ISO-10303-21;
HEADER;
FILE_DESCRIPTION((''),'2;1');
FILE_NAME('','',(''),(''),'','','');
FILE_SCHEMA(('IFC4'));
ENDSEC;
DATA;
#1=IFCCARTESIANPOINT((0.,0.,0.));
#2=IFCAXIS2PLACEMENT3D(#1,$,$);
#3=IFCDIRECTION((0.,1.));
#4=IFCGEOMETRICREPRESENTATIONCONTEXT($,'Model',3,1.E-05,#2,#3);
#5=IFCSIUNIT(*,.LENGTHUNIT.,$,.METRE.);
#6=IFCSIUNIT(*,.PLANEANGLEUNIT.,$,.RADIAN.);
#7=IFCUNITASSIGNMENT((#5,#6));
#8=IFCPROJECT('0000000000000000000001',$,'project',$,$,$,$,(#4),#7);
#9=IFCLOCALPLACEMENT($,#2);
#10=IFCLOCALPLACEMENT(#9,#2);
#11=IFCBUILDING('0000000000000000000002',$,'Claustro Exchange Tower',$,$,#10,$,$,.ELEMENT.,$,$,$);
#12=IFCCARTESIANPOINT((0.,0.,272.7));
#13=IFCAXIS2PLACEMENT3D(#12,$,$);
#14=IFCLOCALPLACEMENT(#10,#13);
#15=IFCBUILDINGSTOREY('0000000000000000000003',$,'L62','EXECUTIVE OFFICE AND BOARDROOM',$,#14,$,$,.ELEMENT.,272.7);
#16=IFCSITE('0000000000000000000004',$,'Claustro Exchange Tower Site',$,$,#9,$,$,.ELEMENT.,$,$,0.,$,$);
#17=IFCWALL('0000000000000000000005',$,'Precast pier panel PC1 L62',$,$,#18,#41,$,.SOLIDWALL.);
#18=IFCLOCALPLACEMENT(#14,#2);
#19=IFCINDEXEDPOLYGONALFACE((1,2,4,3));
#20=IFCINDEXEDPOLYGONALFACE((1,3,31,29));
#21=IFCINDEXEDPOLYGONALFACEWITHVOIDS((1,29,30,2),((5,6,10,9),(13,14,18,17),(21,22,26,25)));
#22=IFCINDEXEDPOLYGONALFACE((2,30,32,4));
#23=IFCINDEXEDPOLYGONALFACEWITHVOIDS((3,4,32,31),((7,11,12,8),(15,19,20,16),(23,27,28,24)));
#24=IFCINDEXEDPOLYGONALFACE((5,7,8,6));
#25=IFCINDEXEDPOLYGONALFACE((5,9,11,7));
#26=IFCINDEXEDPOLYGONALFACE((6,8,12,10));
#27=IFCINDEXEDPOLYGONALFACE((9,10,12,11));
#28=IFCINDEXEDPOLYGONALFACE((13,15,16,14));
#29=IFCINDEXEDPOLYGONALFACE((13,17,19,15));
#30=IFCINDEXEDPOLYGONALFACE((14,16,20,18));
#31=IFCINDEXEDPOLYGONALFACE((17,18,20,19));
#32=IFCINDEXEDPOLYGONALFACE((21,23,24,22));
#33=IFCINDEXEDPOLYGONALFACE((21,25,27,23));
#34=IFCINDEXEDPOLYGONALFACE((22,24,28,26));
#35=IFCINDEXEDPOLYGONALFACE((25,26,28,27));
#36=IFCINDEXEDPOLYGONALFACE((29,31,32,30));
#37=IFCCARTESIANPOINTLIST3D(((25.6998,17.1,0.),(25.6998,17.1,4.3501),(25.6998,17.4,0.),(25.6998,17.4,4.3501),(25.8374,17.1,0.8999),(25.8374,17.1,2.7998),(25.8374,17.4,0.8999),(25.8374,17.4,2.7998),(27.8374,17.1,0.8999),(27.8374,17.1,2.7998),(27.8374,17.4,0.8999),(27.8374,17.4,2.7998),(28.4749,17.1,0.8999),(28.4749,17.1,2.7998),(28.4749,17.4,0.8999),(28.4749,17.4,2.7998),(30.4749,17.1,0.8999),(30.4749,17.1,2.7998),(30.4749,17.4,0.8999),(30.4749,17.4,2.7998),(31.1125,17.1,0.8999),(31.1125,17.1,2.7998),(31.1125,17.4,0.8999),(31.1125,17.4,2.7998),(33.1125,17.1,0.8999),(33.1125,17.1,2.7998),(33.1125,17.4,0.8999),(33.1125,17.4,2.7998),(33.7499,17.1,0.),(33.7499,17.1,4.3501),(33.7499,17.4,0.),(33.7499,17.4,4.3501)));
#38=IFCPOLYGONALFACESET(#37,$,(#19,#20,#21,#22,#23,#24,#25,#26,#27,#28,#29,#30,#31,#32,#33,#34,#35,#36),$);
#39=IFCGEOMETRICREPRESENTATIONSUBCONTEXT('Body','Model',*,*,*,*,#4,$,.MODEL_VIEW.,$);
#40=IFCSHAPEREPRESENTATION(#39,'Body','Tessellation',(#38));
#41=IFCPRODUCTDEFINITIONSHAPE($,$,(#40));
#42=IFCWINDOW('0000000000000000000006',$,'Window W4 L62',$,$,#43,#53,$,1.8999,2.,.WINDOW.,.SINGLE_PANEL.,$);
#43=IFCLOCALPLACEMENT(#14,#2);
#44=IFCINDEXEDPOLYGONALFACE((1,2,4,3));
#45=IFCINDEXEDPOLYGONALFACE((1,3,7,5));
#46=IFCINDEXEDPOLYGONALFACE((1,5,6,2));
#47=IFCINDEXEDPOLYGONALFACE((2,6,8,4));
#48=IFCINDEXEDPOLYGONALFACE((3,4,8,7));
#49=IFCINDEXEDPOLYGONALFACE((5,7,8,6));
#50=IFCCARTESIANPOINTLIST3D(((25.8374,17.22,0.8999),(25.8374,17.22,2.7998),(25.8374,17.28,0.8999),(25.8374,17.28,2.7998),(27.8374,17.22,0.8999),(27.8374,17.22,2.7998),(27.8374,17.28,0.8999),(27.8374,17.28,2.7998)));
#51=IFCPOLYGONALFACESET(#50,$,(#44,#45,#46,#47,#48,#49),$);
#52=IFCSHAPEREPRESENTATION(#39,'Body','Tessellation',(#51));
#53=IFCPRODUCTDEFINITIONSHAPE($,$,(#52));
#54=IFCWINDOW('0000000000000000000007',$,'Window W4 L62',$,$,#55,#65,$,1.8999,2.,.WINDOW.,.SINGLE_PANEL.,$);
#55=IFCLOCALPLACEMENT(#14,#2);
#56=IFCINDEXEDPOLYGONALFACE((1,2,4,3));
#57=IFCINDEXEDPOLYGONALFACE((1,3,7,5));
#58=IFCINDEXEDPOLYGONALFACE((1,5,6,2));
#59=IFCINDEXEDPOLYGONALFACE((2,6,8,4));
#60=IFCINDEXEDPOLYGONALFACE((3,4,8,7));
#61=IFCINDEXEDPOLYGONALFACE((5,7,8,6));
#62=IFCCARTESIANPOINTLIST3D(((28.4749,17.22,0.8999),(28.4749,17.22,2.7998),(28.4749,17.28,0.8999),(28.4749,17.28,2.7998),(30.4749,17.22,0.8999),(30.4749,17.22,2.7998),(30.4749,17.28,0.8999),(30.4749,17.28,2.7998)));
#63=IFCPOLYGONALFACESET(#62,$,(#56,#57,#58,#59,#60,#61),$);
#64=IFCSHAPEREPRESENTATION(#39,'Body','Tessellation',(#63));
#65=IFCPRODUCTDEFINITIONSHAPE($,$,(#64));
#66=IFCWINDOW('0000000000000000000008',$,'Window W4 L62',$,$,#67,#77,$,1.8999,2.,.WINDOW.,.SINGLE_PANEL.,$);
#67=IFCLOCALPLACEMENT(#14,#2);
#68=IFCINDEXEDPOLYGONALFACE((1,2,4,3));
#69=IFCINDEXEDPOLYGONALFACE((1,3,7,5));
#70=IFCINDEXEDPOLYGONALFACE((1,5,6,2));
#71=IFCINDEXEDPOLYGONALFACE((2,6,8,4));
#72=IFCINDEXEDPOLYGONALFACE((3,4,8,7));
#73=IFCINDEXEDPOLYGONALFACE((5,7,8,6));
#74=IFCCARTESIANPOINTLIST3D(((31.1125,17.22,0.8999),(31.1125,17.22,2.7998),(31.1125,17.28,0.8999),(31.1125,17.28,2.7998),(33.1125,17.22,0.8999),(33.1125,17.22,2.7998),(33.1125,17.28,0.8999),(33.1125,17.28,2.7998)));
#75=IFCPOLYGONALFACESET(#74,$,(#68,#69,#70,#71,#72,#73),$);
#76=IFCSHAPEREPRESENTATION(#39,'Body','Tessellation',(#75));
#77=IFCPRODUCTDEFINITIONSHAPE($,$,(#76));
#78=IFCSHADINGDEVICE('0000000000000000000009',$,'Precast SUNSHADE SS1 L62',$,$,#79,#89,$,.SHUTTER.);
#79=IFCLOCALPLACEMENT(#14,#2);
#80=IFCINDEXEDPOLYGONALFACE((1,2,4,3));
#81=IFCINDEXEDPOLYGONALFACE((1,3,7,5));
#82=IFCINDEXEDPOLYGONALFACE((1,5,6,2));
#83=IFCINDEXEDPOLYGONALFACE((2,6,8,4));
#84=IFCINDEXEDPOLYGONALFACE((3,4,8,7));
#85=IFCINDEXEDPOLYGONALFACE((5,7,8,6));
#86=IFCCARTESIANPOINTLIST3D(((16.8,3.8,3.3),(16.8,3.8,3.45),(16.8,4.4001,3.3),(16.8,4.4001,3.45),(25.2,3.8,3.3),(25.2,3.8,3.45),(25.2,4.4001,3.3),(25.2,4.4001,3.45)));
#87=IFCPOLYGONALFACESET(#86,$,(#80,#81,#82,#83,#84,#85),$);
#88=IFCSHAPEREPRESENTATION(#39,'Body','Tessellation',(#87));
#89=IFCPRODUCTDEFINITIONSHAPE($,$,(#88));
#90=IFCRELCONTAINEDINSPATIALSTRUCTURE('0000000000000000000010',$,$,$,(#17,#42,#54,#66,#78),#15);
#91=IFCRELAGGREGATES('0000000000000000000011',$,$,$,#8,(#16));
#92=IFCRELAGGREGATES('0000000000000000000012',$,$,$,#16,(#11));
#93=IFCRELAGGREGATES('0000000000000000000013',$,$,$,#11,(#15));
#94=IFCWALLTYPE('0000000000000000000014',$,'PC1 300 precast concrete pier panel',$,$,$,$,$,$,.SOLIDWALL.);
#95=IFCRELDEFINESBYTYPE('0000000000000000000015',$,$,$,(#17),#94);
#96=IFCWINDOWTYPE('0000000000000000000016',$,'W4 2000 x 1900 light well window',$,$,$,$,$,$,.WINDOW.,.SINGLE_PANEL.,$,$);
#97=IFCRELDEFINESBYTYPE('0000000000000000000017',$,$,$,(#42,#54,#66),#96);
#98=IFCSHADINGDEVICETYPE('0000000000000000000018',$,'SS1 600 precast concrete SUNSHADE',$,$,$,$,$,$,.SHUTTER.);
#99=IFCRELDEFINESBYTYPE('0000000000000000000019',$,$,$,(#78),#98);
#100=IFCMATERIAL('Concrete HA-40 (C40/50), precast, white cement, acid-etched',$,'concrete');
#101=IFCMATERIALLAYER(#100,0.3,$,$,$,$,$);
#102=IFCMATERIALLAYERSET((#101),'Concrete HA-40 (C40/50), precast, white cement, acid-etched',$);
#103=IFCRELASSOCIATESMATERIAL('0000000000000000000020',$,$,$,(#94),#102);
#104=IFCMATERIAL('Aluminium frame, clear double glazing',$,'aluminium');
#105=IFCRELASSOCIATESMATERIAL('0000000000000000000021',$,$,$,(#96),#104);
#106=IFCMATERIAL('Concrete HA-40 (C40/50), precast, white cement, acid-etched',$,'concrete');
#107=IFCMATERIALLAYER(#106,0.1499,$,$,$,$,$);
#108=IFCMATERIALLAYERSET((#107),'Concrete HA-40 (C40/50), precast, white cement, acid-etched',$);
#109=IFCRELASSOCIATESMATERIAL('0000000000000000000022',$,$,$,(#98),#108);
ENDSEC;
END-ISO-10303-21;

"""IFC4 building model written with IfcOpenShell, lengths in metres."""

from ifc_helpers import new_model, si_unit, direction, frame, frame_2d, origin, origin_2d, place, context, subcontext, project, spatial, rectangle, extrude, material, layer, layer_set, type_object, element, fill, save


model = new_model("IFC4")

# Units and contexts
model_context = context("Model", 3, precision=1e-05, world=origin(), true_north=direction((0.0, 1.0)))
body_context = subcontext(model_context, "Body", "Model", "MODEL_VIEW")
ifc_project = project(units=[si_unit("LENGTHUNIT", "METRE"), si_unit("PLANEANGLEUNIT", "RADIAN")], contexts=[model_context])

# Site, building, storey
site_placement = place(None, origin())
site = spatial("IfcSite", under=ifc_project, at=site_placement, Name="Claustro Exchange Tower Site", CompositionType="ELEMENT", RefElevation=0.0)
building_placement = place(site_placement, origin())
building = spatial("IfcBuilding", under=site, at=building_placement, Name="Claustro Exchange Tower", CompositionType="ELEMENT")
storey_placement = place(building_placement, frame((0.0, 0.0, 272.7)))
storey = spatial("IfcBuildingStorey", under=building, at=storey_placement, Name="L62", Description="EXECUTIVE OFFICE AND BOARDROOM", CompositionType="ELEMENT", Elevation=272.7)

# Wall, openings, windows
ifc_material_1 = material(Name="Concrete HA-40 (C40/50), precast, white cement, acid-etched", Category="concrete")
ifc_layer_1 = layer(ifc_material_1, 0.3)
ifc_layer_set_1 = layer_set([ifc_layer_1], Name="Concrete HA-40 (C40/50), precast, white cement, acid-etched")
wall_type_1 = type_object("IfcWallType", Name="PC1 300 precast concrete pier panel", PredefinedType="SOLIDWALL", material=ifc_layer_set_1)
wall_1_placement = place(storey_placement, frame((25.7, 17.25, 0.0), z_axis=(0.0, 0.0, 1.0), x_axis=(1.0, 0.0, 0.0)))
wall_1 = element("IfcWall", 1, at=wall_1_placement, inside=storey, type_object=wall_type_1, Name="Precast pier panel PC1 L62", PredefinedType="SOLIDWALL", context=body_context, shape_type="SweptSolid", body=[
    extrude(rectangle(XDim=8.05, YDim=0.3, at=frame_2d((4.0249, 0.0))), origin(), (0.0, 0.0, 1.0), 4.3501),
])
opening_1_placement = place(wall_1_placement, frame((0.1375, 0.0, 0.8999)))
opening_1 = element("IfcOpeningElement", 2, at=opening_1_placement, cuts=wall_1, PredefinedType="OPENING", context=body_context, shape_type="SweptSolid", body=[
    extrude(rectangle(XDim=2.0, YDim=1.8999, at=frame_2d((1.0, 0.95))), frame((0.0, 0.1599, 0.0), z_axis=(0.0, -1.0, 0.0), x_axis=(1.0, 0.0, 0.0)), (0.0, 0.0, 1.0), 0.3201),
])
opening_2_placement = place(wall_1_placement, frame((2.7749, 0.0, 0.8999)))
opening_2 = element("IfcOpeningElement", 3, at=opening_2_placement, cuts=wall_1, PredefinedType="OPENING", context=body_context, shape_type="SweptSolid", body=[
    extrude(rectangle(XDim=2.0, YDim=1.8999, at=frame_2d((1.0, 0.95))), frame((0.0, 0.1599, 0.0), z_axis=(0.0, -1.0, 0.0), x_axis=(1.0, 0.0, 0.0)), (0.0, 0.0, 1.0), 0.3201),
])
opening_3_placement = place(wall_1_placement, frame((5.4126, 0.0, 0.8999)))
opening_3 = element("IfcOpeningElement", 4, at=opening_3_placement, cuts=wall_1, PredefinedType="OPENING", context=body_context, shape_type="SweptSolid", body=[
    extrude(rectangle(XDim=2.0, YDim=1.8999, at=frame_2d((1.0, 0.95))), frame((0.0, 0.1599, 0.0), z_axis=(0.0, -1.0, 0.0), x_axis=(1.0, 0.0, 0.0)), (0.0, 0.0, 1.0), 0.3201),
])
ifc_material_2 = material(Name="Aluminium frame, clear double glazing", Category="aluminium")
window_type_1 = type_object("IfcWindowType", Name="W4 2000 x 1900 light well window", PartitioningType="SINGLE_PANEL", PredefinedType="WINDOW", material=ifc_material_2)
window_1_placement = place(opening_1_placement, origin())
window_1 = element("IfcWindow", 5, at=window_1_placement, inside=storey, type_object=window_type_1, Name="Window W4 L62", OverallHeight=1.8999, OverallWidth=2.0, PartitioningType="SINGLE_PANEL", PredefinedType="WINDOW", context=body_context, shape_type="SweptSolid", body=[
    extrude(rectangle(XDim=2.0, YDim=1.8999, at=frame_2d((1.0, 0.95))), frame((0.0, 0.03, 0.0), z_axis=(0.0, -1.0, 0.0), x_axis=(1.0, 0.0, 0.0)), (0.0, 0.0, 1.0), 0.0601),
])
fill(opening_1, window_1)
window_2_placement = place(opening_2_placement, origin())
window_2 = element("IfcWindow", 6, at=window_2_placement, inside=storey, type_object=window_type_1, Name="Window W4 L62", OverallHeight=1.8999, OverallWidth=2.0, PartitioningType="SINGLE_PANEL", PredefinedType="WINDOW", context=body_context, shape_type="SweptSolid", body=[
    extrude(rectangle(XDim=2.0, YDim=1.8999, at=frame_2d((1.0, 0.95))), frame((0.0, 0.03, 0.0), z_axis=(0.0, -1.0, 0.0), x_axis=(1.0, 0.0, 0.0)), (0.0, 0.0, 1.0), 0.0601),
])
fill(opening_2, window_2)
window_3_placement = place(opening_3_placement, origin())
window_3 = element("IfcWindow", 7, at=window_3_placement, inside=storey, type_object=window_type_1, Name="Window W4 L62", OverallHeight=1.8999, OverallWidth=2.0, PartitioningType="SINGLE_PANEL", PredefinedType="WINDOW", context=body_context, shape_type="SweptSolid", body=[
    extrude(rectangle(XDim=2.0, YDim=1.8999, at=frame_2d((1.0, 0.95))), frame((0.0, 0.03, 0.0), z_axis=(0.0, -1.0, 0.0), x_axis=(1.0, 0.0, 0.0)), (0.0, 0.0, 1.0), 0.0601),
])
fill(opening_3, window_3)

# Shading device
ifc_material_3 = material(Name="Concrete HA-40 (C40/50), precast, white cement, acid-etched", Category="concrete")
ifc_layer_2 = layer(ifc_material_3, 0.1499)
ifc_layer_set_2 = layer_set([ifc_layer_2], Name="Concrete HA-40 (C40/50), precast, white cement, acid-etched")
shading_device_type = type_object("IfcShadingDeviceType", Name="SS1 600 precast concrete SUNSHADE", PredefinedType="SHUTTER", material=ifc_layer_set_2)
shading_device_placement = place(storey_placement, frame((21.0, 4.1001, 3.3), z_axis=(0.0, 0.0, 1.0), x_axis=(-1.0, 0.0, 0.0)))
element("IfcShadingDevice", 8, at=shading_device_placement, inside=storey, type_object=shading_device_type, Name="Precast SUNSHADE SS1 L62", PredefinedType="SHUTTER", context=body_context, shape_type="SweptSolid", body=[
    extrude(rectangle(XDim=8.3999, YDim=0.6001, at=origin_2d()), origin(), (0.0, 0.0, 1.0), 0.1499),
])

save(model, "model.ifc")
